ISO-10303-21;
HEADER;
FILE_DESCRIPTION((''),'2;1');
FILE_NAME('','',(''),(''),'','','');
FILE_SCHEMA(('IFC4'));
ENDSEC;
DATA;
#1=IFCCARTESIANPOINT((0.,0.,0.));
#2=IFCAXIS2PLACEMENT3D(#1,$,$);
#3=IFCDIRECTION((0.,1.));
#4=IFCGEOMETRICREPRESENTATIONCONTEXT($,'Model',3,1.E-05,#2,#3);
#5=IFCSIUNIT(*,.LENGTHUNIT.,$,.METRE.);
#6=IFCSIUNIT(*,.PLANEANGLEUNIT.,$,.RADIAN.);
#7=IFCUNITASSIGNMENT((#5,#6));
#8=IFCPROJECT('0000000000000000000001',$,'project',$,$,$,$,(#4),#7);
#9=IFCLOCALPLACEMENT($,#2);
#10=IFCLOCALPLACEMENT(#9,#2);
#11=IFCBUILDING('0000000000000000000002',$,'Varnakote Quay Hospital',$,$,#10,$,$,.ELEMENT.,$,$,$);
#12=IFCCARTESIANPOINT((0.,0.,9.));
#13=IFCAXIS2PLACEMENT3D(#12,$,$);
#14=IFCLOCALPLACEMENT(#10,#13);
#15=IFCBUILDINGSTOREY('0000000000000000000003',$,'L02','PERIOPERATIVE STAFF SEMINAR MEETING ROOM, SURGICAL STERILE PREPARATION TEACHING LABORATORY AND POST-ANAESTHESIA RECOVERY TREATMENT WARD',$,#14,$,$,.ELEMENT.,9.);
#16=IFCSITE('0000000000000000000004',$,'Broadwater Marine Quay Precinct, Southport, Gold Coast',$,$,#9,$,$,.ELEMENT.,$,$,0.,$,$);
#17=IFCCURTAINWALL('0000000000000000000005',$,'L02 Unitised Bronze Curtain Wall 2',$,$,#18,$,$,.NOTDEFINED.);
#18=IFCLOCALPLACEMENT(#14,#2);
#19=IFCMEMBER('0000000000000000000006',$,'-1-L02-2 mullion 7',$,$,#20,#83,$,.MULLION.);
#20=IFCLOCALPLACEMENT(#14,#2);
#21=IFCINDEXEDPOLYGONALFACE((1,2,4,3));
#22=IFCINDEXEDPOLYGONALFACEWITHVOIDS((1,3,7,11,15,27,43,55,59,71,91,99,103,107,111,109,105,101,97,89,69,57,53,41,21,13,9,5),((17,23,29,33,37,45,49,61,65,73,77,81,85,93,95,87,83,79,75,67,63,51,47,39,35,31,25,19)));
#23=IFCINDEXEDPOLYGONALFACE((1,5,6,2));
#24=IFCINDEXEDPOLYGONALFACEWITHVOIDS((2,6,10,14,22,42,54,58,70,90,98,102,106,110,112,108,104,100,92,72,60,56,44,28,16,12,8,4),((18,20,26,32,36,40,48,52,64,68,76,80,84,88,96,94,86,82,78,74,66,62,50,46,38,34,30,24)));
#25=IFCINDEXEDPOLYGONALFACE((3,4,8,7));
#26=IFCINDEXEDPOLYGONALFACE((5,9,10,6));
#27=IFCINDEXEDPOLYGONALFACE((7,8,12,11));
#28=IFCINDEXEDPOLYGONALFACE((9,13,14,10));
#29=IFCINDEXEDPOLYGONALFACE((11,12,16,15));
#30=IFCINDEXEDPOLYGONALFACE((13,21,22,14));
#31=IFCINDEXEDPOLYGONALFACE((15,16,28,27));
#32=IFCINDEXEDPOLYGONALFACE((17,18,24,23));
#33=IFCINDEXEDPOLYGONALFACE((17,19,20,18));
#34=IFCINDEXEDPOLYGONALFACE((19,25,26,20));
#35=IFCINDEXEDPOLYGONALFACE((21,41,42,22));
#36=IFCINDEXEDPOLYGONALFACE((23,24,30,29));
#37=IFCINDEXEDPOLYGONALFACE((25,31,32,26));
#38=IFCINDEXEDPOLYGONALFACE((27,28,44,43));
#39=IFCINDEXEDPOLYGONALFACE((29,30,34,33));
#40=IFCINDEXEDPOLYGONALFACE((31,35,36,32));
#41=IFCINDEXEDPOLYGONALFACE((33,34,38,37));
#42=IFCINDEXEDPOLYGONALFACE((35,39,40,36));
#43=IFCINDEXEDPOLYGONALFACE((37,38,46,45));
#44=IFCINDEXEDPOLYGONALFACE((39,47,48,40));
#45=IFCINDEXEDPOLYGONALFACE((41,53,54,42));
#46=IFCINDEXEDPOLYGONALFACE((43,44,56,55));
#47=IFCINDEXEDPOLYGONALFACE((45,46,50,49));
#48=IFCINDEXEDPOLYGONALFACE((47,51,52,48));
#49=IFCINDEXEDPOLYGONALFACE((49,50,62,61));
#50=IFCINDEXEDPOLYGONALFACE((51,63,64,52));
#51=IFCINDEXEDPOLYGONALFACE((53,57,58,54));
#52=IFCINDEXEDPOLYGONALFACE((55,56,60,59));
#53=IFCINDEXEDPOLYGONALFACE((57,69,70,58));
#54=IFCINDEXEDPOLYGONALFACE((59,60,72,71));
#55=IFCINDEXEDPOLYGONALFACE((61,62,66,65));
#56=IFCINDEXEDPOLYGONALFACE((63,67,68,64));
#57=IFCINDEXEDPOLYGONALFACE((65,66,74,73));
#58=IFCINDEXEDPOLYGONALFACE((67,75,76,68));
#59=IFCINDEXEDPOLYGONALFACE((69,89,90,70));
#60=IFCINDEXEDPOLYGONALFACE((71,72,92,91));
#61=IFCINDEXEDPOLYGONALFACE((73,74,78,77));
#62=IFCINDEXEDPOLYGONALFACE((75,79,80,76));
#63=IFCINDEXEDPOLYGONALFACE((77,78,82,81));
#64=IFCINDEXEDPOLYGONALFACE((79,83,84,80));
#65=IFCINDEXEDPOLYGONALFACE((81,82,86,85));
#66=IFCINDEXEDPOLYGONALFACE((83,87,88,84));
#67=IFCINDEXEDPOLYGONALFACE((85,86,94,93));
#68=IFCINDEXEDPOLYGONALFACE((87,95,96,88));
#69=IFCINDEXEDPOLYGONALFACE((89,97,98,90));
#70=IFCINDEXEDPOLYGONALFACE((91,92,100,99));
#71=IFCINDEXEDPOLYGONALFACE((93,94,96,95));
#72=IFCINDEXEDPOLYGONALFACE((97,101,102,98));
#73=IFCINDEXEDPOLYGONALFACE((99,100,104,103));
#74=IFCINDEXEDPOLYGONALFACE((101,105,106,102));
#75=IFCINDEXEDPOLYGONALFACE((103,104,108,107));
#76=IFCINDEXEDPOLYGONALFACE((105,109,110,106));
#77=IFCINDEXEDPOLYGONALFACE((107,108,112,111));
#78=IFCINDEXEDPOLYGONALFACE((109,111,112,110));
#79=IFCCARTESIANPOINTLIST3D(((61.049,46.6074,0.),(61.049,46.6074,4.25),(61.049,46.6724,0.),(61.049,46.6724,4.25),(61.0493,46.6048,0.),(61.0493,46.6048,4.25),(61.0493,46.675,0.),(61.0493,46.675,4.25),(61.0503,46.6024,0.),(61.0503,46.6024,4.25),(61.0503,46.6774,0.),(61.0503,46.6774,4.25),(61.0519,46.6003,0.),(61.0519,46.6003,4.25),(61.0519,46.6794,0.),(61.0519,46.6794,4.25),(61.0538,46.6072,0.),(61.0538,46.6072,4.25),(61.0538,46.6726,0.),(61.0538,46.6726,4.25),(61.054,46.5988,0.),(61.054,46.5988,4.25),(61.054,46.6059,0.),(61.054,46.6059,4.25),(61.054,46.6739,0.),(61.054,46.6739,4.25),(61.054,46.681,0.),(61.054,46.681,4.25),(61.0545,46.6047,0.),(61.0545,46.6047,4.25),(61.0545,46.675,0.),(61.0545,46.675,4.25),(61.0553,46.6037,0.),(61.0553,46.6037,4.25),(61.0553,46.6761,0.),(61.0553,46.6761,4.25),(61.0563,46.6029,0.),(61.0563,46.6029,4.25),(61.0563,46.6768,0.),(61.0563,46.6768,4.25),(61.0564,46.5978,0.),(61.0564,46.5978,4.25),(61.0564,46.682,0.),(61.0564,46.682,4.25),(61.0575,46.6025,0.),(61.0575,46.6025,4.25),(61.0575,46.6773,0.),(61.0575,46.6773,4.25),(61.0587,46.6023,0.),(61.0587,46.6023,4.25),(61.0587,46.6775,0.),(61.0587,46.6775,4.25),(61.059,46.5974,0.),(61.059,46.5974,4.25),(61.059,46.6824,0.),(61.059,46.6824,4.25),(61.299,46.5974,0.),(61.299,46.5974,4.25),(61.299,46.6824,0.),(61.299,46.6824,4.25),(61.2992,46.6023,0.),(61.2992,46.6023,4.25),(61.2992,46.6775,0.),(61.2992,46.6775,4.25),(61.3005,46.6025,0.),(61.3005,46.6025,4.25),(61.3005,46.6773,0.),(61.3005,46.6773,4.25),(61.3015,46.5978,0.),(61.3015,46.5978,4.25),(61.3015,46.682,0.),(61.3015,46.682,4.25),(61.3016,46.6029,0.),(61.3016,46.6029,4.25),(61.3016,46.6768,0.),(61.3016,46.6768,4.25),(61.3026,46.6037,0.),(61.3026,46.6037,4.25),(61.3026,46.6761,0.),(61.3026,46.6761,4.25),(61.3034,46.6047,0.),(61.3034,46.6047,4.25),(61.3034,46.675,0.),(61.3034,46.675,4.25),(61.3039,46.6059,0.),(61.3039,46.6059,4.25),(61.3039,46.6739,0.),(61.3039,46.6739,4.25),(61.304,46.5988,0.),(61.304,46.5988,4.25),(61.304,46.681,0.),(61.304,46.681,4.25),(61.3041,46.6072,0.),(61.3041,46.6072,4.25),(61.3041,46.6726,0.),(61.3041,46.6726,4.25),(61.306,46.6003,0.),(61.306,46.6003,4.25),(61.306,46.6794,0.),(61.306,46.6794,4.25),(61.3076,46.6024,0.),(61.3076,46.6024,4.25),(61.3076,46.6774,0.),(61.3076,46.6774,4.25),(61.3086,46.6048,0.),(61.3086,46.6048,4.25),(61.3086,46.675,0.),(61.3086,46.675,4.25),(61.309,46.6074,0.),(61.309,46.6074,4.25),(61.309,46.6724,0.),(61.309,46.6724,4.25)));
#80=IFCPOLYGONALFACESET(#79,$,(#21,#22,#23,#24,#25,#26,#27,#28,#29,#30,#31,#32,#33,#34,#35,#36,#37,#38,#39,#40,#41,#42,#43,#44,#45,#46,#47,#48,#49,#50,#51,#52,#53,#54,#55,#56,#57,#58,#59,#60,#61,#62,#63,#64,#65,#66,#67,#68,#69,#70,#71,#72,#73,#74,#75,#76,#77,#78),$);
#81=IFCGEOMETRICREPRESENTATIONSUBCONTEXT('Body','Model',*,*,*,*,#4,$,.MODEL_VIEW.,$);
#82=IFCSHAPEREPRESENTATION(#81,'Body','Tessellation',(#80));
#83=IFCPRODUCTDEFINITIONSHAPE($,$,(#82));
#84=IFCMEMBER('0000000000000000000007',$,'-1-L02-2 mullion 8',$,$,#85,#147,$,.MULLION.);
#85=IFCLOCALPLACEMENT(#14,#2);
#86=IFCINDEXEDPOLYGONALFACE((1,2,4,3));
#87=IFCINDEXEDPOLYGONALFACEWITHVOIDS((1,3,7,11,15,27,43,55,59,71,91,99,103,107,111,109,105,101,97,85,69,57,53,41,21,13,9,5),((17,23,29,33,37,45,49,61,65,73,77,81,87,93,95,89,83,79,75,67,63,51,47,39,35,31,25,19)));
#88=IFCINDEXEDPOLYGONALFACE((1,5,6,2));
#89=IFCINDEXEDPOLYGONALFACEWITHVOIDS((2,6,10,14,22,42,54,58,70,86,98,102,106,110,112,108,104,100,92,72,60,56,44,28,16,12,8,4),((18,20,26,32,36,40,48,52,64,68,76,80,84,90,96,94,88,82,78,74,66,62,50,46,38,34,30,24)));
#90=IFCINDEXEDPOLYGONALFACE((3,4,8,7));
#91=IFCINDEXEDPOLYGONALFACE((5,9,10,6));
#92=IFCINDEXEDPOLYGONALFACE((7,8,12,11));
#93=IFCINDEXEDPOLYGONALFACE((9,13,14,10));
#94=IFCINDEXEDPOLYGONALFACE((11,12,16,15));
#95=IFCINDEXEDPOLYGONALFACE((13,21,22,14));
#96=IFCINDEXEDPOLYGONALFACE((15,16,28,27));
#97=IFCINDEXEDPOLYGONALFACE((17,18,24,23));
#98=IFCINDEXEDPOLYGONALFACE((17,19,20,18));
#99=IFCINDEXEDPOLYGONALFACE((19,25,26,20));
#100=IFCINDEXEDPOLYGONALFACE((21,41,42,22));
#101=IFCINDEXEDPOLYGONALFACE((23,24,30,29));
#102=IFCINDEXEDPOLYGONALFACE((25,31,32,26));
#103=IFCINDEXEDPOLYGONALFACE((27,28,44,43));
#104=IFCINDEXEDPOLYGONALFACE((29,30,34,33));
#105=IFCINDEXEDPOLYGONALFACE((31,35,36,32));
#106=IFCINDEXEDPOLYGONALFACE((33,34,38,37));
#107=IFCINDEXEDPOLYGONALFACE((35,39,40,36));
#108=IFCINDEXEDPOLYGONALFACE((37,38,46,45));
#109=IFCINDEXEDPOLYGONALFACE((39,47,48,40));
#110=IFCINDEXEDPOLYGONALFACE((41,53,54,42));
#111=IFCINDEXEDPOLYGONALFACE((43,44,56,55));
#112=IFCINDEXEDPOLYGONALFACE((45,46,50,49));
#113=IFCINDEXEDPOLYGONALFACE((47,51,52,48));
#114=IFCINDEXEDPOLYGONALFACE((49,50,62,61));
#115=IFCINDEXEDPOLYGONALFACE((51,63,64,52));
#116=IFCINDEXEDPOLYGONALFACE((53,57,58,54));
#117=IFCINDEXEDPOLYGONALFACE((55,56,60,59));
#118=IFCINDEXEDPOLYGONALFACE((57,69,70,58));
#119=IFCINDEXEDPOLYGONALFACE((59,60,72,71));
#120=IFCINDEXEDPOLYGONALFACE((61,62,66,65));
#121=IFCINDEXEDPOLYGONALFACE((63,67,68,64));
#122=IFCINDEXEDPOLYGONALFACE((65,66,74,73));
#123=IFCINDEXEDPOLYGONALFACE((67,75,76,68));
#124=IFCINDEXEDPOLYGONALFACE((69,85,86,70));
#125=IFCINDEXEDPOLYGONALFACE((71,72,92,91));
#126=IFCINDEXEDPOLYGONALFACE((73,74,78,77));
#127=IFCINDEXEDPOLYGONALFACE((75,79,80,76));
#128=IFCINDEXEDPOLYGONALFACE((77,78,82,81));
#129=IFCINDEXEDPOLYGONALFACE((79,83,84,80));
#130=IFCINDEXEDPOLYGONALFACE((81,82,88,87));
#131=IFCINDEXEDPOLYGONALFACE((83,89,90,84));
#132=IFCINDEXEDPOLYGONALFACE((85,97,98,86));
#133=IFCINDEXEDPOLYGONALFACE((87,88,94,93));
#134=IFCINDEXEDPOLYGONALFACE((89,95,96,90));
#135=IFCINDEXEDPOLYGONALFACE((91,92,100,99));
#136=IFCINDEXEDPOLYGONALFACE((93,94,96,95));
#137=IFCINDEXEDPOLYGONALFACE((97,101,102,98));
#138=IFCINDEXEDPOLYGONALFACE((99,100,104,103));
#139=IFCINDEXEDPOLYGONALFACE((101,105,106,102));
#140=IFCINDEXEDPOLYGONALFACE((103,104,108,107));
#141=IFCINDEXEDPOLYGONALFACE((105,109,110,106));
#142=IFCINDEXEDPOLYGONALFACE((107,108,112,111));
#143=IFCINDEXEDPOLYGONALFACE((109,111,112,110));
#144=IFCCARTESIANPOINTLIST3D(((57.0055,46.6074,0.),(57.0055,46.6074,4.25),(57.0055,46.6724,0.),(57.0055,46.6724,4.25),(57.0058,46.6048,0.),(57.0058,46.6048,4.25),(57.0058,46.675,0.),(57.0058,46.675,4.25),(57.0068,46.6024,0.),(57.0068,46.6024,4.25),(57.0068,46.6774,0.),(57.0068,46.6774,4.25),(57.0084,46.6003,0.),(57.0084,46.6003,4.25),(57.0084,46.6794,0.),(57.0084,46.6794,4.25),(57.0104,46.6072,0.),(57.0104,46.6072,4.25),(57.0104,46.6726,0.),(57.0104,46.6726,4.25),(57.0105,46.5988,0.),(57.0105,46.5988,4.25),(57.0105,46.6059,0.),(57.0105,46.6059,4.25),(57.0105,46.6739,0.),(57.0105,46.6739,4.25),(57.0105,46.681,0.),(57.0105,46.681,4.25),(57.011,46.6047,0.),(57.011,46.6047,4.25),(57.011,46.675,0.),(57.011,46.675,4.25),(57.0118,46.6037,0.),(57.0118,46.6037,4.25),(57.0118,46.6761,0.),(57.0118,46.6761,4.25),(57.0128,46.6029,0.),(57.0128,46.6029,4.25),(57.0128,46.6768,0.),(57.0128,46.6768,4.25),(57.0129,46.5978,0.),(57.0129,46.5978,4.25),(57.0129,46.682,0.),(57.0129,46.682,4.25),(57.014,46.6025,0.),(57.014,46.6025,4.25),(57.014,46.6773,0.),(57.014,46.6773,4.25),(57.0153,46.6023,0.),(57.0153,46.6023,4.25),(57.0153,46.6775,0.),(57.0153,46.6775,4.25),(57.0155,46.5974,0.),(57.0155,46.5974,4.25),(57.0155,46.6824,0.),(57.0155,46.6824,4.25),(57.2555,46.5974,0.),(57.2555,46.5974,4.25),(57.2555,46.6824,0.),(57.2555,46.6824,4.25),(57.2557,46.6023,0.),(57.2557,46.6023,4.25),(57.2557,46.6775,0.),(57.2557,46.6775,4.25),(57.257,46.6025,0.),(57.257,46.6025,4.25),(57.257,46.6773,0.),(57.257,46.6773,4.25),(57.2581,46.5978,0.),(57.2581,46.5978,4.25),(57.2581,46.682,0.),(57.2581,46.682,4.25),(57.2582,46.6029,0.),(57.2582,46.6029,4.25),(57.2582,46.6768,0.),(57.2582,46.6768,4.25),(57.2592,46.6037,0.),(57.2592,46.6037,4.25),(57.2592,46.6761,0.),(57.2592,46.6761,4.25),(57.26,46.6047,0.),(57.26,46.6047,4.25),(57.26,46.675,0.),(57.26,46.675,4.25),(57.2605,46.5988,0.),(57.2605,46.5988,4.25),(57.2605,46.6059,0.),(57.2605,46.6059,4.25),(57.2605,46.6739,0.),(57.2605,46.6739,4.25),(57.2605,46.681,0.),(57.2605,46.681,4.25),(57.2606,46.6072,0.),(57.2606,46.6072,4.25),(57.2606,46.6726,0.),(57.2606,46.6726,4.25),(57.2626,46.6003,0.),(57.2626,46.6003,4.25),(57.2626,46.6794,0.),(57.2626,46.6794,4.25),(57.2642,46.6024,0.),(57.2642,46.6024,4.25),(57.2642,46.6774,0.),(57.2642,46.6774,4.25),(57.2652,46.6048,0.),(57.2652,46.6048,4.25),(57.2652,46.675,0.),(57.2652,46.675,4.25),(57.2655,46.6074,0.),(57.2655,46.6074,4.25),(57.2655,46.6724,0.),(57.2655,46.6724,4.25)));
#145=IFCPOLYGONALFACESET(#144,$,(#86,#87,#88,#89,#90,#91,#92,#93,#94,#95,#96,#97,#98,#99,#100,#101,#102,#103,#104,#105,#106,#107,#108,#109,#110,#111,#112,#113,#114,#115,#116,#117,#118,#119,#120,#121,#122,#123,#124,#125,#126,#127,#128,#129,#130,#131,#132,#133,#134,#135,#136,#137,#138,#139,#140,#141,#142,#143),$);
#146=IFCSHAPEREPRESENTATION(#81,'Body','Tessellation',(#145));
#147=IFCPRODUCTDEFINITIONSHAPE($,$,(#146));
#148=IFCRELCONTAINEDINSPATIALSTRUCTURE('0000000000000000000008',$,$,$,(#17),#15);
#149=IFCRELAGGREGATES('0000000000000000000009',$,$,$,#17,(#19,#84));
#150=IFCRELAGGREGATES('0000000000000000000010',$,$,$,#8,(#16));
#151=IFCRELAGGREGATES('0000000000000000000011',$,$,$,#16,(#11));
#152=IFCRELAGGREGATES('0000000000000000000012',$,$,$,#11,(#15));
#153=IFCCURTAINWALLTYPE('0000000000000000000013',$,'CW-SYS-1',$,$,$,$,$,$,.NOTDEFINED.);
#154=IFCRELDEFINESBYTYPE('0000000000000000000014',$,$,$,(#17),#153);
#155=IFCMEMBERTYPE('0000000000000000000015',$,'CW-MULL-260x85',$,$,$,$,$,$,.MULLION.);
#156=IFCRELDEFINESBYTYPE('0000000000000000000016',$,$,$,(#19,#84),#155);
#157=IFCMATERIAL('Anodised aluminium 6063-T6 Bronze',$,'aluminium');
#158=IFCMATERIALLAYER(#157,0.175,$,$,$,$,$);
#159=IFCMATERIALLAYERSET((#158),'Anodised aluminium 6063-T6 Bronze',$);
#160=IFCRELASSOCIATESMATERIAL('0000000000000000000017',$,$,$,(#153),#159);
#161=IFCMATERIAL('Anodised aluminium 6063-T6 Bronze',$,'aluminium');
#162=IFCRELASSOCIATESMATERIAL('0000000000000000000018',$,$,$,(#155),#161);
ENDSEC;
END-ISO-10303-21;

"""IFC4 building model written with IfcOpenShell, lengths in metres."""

from ifc_helpers import new_model, si_unit, direction, frame, origin, origin_2d, place, context, subcontext, project, spatial, hollow_rectangle, extrude, material, layer, layer_set, material_profile, profile_set, type_object, element, aggregate, save


model = new_model("IFC4")

# Units and contexts
model_context = context("Model", 3, precision=1e-05, world=origin(), true_north=direction((0.0, 1.0)))
body_context = subcontext(model_context, "Body", "Model", "MODEL_VIEW")
ifc_project = project(units=[si_unit("LENGTHUNIT", "METRE"), si_unit("PLANEANGLEUNIT", "RADIAN")], contexts=[model_context])

# Site, building, storey
site_placement = place(None, origin())
site = spatial("IfcSite", under=ifc_project, at=site_placement, Name="Broadwater Marine Quay Precinct, Southport, Gold Coast", CompositionType="ELEMENT", RefElevation=0.0)
building_placement = place(site_placement, origin())
building = spatial("IfcBuilding", under=site, at=building_placement, Name="Varnakote Quay Hospital", CompositionType="ELEMENT")
storey_placement = place(building_placement, frame((0.0, 0.0, 9.0)))
storey = spatial("IfcBuildingStorey", under=building, at=storey_placement, Name="L02", Description="PERIOPERATIVE STAFF SEMINAR MEETING ROOM, SURGICAL STERILE PREPARATION TEACHING LABORATORY AND POST-ANAESTHESIA RECOVERY TREATMENT WARD", CompositionType="ELEMENT", Elevation=9.0)

# Curtain wall, members
ifc_material_1 = material(Name="Anodised aluminium 6063-T6 Bronze", Category="aluminium")
ifc_layer_1 = layer(ifc_material_1, 0.175)
ifc_layer_set_1 = layer_set([ifc_layer_1], Name="Anodised aluminium 6063-T6 Bronze")
curtain_wall_type = type_object("IfcCurtainWallType", Name="CW-SYS-1", PredefinedType="NOTDEFINED", material=ifc_layer_set_1)
curtain_wall_placement = place(storey_placement, origin())
curtain_wall = element("IfcCurtainWall", 1, at=curtain_wall_placement, inside=storey, type_object=curtain_wall_type, Name="L02 Unitised Bronze Curtain Wall 2", PredefinedType="NOTDEFINED")
ifc_material_2 = material(Name="Anodised aluminium 6063-T6 Bronze", Category="aluminium")
ifc_material_profile_1 = material_profile(ifc_material_2, hollow_rectangle(XDim=0.085, YDim=0.26, WallThickness=0.0049, InnerFilletRadius=0.0049, OuterFilletRadius=0.01, at=origin_2d()), Name="CW-MULL-260x85")
ifc_profile_set_1 = profile_set([ifc_material_profile_1], Name="Anodised aluminium 6063-T6 Bronze")
member_type_1 = type_object("IfcMemberType", Name="CW-MULL-260x85", PredefinedType="MULLION", material=ifc_profile_set_1)
member_1_placement = place(storey_placement, frame((61.179, 46.6399, 0.0), z_axis=(0.0, 0.0, 1.0), x_axis=(0.0, -1.0, 0.0)))
member_1 = element("IfcMember", 2, at=member_1_placement, type_object=member_type_1, Name="-1-L02-2 mullion 7", PredefinedType="MULLION", context=body_context, shape_type="SweptSolid", body=[
    extrude(hollow_rectangle(XDim=0.085, YDim=0.26, WallThickness=0.0049, InnerFilletRadius=0.0049, OuterFilletRadius=0.01, at=origin_2d()), origin(), (0.0, 0.0, 1.0), 4.25),
])
member_2_placement = place(storey_placement, frame((57.1355, 46.6399, 0.0), z_axis=(0.0, 0.0, 1.0), x_axis=(0.0, -1.0, 0.0)))
member_2 = element("IfcMember", 3, at=member_2_placement, type_object=member_type_1, Name="-1-L02-2 mullion 8", PredefinedType="MULLION", context=body_context, shape_type="SweptSolid", body=[
    extrude(hollow_rectangle(XDim=0.085, YDim=0.26, WallThickness=0.0049, InnerFilletRadius=0.0049, OuterFilletRadius=0.01, at=origin_2d()), origin(), (0.0, 0.0, 1.0), 4.25),
])

aggregate(curtain_wall, [member_1, member_2])

save(model, "model.ifc")
